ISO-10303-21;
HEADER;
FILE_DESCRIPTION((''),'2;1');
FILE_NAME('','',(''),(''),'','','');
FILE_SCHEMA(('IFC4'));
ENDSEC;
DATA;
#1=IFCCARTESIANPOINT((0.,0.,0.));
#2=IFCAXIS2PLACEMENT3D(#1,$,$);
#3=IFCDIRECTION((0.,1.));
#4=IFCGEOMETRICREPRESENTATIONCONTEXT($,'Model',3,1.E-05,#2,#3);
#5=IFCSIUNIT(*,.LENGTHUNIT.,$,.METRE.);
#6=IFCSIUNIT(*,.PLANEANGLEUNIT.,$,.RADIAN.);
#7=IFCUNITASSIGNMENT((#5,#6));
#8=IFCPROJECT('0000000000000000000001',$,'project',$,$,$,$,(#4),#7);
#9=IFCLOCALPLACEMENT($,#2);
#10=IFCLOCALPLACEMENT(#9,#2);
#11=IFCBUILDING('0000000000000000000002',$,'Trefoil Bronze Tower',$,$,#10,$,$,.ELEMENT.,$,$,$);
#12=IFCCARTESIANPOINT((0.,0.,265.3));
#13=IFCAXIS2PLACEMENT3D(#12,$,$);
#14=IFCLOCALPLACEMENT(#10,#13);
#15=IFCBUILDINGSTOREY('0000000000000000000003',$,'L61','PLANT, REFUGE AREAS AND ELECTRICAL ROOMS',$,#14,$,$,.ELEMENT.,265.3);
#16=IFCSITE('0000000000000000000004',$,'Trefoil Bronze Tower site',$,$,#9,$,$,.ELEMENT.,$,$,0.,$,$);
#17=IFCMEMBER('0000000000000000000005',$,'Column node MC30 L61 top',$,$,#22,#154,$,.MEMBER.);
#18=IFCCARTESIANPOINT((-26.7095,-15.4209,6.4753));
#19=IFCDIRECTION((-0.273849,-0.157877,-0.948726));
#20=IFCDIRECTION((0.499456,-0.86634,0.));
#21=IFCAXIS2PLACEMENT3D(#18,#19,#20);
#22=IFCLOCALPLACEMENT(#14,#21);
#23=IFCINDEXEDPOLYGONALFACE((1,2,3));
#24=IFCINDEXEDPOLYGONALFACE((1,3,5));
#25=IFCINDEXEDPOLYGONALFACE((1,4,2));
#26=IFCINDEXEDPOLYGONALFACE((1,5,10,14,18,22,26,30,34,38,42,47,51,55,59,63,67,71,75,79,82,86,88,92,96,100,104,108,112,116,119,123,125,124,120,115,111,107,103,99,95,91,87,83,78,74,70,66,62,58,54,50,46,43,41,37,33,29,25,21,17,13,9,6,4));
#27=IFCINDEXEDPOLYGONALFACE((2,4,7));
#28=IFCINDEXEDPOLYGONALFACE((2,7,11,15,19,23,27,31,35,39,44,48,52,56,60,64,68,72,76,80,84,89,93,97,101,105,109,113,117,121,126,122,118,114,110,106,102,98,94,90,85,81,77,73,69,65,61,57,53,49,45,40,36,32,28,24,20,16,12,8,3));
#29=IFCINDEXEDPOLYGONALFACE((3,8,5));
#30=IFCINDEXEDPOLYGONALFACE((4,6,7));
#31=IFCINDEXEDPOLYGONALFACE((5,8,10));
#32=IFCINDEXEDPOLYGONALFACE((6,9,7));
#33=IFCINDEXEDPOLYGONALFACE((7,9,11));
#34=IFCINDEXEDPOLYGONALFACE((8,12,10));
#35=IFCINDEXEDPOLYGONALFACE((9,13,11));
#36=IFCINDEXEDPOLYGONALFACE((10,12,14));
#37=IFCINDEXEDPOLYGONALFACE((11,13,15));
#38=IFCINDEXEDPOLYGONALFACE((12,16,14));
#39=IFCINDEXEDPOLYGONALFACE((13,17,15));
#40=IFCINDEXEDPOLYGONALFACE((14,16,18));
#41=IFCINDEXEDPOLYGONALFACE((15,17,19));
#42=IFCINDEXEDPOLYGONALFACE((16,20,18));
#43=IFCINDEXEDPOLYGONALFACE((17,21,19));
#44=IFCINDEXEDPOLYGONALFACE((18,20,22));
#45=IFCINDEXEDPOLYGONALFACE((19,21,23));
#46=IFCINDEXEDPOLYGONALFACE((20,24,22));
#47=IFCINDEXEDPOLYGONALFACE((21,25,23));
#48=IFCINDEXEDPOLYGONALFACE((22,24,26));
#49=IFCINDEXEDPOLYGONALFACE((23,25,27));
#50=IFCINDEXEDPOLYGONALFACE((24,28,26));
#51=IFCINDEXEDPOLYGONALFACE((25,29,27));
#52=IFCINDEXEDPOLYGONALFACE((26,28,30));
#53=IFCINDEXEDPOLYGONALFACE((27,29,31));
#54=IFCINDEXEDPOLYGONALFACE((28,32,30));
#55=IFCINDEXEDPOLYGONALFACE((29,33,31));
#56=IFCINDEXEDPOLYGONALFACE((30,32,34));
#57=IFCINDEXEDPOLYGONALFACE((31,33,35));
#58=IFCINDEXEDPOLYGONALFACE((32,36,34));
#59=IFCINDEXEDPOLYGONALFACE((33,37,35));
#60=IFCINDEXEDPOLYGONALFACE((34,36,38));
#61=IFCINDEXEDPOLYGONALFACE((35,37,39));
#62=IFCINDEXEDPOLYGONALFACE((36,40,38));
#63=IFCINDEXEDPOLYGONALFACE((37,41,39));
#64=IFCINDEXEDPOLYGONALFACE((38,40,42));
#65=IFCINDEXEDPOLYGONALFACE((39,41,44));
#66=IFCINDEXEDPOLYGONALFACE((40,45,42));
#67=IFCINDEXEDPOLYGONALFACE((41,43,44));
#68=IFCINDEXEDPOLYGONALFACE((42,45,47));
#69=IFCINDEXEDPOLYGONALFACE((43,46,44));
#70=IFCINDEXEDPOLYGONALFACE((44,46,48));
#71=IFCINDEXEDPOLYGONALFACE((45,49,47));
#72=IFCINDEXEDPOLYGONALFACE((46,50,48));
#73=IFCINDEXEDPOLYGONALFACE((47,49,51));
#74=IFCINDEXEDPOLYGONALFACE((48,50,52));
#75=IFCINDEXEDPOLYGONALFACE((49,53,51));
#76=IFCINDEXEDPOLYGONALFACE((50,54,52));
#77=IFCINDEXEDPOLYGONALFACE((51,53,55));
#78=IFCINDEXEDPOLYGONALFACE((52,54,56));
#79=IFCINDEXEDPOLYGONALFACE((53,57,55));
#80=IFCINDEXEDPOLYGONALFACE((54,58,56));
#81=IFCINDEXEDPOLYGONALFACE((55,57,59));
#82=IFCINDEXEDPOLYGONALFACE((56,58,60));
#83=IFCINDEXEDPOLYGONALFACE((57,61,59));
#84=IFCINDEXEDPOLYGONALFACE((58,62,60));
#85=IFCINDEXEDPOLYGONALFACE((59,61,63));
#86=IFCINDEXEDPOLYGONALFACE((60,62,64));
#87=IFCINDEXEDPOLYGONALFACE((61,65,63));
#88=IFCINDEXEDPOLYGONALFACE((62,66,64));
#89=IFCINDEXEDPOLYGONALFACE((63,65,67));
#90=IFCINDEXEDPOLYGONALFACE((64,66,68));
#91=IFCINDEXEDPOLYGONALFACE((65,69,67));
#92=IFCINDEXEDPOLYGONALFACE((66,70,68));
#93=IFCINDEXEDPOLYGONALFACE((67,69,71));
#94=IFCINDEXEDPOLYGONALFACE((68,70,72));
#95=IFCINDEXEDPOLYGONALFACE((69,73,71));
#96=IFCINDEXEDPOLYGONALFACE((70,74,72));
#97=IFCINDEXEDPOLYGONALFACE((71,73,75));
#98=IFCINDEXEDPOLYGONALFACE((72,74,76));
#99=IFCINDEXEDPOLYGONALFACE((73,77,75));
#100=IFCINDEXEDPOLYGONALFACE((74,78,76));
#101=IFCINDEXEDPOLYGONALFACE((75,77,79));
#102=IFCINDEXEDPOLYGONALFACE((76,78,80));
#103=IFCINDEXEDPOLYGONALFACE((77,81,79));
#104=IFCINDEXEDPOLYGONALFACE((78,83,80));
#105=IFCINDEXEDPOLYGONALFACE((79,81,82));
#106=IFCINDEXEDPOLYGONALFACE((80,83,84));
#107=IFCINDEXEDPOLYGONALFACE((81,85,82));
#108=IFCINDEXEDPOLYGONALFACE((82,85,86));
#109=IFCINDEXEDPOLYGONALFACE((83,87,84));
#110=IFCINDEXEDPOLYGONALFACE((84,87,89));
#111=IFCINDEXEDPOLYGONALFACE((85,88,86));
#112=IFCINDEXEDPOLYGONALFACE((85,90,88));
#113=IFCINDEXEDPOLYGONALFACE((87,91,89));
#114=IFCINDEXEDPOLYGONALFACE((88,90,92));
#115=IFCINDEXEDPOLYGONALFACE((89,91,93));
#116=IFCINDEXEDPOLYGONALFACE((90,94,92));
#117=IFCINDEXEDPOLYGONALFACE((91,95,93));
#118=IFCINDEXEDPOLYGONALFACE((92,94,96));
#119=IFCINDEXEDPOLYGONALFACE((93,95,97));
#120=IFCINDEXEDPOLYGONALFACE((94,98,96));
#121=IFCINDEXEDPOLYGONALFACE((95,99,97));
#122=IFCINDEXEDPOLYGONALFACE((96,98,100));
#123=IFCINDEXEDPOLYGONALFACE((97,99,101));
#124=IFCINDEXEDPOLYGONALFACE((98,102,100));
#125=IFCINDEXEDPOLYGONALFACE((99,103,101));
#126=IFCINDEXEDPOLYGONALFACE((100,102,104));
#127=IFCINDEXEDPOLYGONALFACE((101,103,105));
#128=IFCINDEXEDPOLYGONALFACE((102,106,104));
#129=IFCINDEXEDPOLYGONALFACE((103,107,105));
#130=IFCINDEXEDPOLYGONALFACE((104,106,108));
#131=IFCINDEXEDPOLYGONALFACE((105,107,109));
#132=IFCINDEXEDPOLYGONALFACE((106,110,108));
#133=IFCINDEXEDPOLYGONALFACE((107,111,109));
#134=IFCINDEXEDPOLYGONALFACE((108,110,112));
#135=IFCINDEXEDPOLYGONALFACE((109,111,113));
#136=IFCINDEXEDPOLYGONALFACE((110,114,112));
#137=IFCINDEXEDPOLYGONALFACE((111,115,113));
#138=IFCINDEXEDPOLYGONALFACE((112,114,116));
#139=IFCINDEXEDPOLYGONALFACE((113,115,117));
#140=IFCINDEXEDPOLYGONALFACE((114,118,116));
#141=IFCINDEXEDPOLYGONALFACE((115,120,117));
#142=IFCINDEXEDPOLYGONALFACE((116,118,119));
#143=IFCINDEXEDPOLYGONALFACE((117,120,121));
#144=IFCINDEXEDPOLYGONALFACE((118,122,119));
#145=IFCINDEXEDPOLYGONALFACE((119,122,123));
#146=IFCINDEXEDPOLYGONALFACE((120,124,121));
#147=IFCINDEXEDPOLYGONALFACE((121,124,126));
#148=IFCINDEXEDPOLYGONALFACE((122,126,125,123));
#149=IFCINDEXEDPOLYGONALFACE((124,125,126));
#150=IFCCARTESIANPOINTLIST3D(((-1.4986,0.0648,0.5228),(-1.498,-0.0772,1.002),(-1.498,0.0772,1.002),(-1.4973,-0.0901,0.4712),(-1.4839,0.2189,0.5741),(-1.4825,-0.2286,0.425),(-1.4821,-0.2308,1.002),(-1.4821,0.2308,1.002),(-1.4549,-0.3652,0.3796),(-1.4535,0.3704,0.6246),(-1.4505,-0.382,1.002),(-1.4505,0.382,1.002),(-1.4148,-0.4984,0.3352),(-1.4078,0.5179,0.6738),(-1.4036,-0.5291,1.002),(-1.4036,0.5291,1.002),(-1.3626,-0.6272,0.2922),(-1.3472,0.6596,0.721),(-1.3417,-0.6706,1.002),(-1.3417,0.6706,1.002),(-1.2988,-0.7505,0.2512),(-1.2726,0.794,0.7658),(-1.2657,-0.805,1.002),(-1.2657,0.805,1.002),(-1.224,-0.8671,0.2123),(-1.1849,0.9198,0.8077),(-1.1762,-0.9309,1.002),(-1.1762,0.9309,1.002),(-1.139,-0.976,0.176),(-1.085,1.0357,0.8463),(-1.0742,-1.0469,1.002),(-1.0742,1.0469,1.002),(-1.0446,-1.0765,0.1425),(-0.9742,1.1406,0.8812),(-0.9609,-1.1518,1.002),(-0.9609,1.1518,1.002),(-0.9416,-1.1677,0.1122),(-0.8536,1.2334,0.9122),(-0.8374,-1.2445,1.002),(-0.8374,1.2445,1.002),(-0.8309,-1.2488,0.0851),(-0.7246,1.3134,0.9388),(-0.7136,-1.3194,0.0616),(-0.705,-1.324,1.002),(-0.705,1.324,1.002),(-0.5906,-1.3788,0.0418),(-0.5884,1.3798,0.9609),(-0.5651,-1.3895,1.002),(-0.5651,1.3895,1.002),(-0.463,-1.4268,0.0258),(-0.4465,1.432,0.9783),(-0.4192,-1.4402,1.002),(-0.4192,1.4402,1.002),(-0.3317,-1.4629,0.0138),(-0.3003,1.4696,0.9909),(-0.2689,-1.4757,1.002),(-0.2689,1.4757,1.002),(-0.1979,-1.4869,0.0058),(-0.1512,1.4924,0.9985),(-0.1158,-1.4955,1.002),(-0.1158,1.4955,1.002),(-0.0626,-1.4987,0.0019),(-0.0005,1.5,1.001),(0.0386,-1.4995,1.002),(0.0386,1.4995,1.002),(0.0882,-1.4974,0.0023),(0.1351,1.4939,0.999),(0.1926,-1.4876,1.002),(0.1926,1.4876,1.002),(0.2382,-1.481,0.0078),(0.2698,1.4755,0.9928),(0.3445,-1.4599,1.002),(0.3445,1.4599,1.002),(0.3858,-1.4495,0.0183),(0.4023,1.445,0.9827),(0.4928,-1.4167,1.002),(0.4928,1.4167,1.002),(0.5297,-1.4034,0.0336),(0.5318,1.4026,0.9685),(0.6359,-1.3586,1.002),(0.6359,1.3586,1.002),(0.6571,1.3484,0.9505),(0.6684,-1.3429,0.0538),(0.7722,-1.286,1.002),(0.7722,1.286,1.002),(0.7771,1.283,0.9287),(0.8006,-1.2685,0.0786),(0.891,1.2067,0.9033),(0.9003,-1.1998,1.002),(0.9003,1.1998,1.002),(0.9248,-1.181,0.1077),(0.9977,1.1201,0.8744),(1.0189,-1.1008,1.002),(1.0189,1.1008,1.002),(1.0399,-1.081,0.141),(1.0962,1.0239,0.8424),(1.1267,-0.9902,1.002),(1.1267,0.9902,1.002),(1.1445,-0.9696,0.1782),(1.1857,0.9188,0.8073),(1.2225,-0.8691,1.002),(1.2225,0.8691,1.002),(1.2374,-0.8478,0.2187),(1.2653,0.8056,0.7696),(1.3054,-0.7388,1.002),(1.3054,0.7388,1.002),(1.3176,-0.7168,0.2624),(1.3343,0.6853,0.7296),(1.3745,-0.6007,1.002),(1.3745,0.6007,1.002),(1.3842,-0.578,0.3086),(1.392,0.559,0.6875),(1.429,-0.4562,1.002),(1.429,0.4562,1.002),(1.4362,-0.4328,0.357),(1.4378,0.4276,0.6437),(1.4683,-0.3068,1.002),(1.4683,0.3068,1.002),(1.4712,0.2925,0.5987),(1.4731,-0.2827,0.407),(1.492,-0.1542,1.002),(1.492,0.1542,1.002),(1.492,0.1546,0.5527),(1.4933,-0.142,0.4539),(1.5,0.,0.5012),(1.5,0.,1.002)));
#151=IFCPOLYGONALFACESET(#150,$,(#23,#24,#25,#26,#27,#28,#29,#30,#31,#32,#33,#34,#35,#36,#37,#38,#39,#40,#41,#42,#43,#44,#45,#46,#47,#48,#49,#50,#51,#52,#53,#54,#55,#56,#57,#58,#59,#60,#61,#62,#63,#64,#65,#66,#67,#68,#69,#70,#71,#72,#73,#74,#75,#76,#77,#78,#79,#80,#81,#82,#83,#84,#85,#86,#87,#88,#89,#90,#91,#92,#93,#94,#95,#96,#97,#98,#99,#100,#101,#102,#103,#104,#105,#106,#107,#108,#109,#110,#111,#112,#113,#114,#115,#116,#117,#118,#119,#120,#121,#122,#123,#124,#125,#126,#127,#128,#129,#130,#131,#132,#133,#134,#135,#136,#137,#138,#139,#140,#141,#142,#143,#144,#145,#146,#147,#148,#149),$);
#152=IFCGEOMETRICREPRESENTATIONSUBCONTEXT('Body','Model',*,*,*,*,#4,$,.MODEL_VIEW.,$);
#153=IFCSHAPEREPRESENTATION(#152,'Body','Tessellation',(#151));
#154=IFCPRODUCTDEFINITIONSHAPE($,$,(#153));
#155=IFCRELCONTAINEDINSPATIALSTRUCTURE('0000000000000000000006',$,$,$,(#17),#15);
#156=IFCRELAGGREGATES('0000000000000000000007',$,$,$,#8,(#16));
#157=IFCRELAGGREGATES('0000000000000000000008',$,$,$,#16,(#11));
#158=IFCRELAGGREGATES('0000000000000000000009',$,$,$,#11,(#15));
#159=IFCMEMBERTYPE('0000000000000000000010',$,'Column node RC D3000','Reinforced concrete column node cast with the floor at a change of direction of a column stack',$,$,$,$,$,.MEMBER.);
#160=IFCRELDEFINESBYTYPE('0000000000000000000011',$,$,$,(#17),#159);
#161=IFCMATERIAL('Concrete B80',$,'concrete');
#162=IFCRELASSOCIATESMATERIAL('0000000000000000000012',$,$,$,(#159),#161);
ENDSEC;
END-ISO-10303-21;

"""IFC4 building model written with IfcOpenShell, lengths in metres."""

from ifc_helpers import new_model, si_unit, direction, frame, origin, origin_2d, place, context, subcontext, project, spatial, circle, extrude, clip, halfspace, material, material_profile, profile_set, type_object, element, save


model = new_model("IFC4")

# Units and contexts
model_context = context("Model", 3, precision=1e-05, world=origin(), true_north=direction((0.0, 1.0)))
body_context = subcontext(model_context, "Body", "Model", "MODEL_VIEW")
ifc_project = project(units=[si_unit("LENGTHUNIT", "METRE"), si_unit("PLANEANGLEUNIT", "RADIAN")], contexts=[model_context])

# Site, building, storey
site_placement = place(None, origin())
site = spatial("IfcSite", under=ifc_project, at=site_placement, Name="Trefoil Bronze Tower site", CompositionType="ELEMENT", RefElevation=0.0)
building_placement = place(site_placement, origin())
building = spatial("IfcBuilding", under=site, at=building_placement, Name="Trefoil Bronze Tower", CompositionType="ELEMENT")
storey_placement = place(building_placement, frame((0.0, 0.0, 265.3)))
storey = spatial("IfcBuildingStorey", under=building, at=storey_placement, Name="L61", Description="PLANT, REFUGE AREAS AND ELECTRICAL ROOMS", CompositionType="ELEMENT", Elevation=265.3)

# Member
ifc_material_1 = material(Name="Concrete B80", Category="concrete")
ifc_material_profile_1 = material_profile(ifc_material_1, circle(Radius=1.5, at=origin_2d()), Name="RC D3000")
ifc_profile_set_1 = profile_set([ifc_material_profile_1], Name="Concrete B80")
member_type = type_object("IfcMemberType", Name="Column node RC D3000", Description="Reinforced concrete column node cast with the floor at a change of direction of a column stack", PredefinedType="MEMBER", material=ifc_profile_set_1)
member_1_placement = place(storey_placement, frame((-26.7095, -15.4209, 6.4753), z_axis=(-0.273849, -0.157877, -0.948726), x_axis=(0.499456, -0.86634, 0.0)))
element("IfcMember", 1, at=member_1_placement, inside=storey, type_object=member_type, Name="Column node MC30 L61 top", PredefinedType="MEMBER", context=body_context, shape_type="Clipping", body=[
    clip(extrude(circle(Radius=1.5, at=origin_2d()), origin(), (0.0, 0.0, 1.0), 1.002), halfspace(frame((0.0, 0.0, 0.5012), z_axis=(0.0, -0.316099, 0.948726), x_axis=(0.0, 0.948726, 0.316099)), True)),
])

save(model, "model.ifc")
